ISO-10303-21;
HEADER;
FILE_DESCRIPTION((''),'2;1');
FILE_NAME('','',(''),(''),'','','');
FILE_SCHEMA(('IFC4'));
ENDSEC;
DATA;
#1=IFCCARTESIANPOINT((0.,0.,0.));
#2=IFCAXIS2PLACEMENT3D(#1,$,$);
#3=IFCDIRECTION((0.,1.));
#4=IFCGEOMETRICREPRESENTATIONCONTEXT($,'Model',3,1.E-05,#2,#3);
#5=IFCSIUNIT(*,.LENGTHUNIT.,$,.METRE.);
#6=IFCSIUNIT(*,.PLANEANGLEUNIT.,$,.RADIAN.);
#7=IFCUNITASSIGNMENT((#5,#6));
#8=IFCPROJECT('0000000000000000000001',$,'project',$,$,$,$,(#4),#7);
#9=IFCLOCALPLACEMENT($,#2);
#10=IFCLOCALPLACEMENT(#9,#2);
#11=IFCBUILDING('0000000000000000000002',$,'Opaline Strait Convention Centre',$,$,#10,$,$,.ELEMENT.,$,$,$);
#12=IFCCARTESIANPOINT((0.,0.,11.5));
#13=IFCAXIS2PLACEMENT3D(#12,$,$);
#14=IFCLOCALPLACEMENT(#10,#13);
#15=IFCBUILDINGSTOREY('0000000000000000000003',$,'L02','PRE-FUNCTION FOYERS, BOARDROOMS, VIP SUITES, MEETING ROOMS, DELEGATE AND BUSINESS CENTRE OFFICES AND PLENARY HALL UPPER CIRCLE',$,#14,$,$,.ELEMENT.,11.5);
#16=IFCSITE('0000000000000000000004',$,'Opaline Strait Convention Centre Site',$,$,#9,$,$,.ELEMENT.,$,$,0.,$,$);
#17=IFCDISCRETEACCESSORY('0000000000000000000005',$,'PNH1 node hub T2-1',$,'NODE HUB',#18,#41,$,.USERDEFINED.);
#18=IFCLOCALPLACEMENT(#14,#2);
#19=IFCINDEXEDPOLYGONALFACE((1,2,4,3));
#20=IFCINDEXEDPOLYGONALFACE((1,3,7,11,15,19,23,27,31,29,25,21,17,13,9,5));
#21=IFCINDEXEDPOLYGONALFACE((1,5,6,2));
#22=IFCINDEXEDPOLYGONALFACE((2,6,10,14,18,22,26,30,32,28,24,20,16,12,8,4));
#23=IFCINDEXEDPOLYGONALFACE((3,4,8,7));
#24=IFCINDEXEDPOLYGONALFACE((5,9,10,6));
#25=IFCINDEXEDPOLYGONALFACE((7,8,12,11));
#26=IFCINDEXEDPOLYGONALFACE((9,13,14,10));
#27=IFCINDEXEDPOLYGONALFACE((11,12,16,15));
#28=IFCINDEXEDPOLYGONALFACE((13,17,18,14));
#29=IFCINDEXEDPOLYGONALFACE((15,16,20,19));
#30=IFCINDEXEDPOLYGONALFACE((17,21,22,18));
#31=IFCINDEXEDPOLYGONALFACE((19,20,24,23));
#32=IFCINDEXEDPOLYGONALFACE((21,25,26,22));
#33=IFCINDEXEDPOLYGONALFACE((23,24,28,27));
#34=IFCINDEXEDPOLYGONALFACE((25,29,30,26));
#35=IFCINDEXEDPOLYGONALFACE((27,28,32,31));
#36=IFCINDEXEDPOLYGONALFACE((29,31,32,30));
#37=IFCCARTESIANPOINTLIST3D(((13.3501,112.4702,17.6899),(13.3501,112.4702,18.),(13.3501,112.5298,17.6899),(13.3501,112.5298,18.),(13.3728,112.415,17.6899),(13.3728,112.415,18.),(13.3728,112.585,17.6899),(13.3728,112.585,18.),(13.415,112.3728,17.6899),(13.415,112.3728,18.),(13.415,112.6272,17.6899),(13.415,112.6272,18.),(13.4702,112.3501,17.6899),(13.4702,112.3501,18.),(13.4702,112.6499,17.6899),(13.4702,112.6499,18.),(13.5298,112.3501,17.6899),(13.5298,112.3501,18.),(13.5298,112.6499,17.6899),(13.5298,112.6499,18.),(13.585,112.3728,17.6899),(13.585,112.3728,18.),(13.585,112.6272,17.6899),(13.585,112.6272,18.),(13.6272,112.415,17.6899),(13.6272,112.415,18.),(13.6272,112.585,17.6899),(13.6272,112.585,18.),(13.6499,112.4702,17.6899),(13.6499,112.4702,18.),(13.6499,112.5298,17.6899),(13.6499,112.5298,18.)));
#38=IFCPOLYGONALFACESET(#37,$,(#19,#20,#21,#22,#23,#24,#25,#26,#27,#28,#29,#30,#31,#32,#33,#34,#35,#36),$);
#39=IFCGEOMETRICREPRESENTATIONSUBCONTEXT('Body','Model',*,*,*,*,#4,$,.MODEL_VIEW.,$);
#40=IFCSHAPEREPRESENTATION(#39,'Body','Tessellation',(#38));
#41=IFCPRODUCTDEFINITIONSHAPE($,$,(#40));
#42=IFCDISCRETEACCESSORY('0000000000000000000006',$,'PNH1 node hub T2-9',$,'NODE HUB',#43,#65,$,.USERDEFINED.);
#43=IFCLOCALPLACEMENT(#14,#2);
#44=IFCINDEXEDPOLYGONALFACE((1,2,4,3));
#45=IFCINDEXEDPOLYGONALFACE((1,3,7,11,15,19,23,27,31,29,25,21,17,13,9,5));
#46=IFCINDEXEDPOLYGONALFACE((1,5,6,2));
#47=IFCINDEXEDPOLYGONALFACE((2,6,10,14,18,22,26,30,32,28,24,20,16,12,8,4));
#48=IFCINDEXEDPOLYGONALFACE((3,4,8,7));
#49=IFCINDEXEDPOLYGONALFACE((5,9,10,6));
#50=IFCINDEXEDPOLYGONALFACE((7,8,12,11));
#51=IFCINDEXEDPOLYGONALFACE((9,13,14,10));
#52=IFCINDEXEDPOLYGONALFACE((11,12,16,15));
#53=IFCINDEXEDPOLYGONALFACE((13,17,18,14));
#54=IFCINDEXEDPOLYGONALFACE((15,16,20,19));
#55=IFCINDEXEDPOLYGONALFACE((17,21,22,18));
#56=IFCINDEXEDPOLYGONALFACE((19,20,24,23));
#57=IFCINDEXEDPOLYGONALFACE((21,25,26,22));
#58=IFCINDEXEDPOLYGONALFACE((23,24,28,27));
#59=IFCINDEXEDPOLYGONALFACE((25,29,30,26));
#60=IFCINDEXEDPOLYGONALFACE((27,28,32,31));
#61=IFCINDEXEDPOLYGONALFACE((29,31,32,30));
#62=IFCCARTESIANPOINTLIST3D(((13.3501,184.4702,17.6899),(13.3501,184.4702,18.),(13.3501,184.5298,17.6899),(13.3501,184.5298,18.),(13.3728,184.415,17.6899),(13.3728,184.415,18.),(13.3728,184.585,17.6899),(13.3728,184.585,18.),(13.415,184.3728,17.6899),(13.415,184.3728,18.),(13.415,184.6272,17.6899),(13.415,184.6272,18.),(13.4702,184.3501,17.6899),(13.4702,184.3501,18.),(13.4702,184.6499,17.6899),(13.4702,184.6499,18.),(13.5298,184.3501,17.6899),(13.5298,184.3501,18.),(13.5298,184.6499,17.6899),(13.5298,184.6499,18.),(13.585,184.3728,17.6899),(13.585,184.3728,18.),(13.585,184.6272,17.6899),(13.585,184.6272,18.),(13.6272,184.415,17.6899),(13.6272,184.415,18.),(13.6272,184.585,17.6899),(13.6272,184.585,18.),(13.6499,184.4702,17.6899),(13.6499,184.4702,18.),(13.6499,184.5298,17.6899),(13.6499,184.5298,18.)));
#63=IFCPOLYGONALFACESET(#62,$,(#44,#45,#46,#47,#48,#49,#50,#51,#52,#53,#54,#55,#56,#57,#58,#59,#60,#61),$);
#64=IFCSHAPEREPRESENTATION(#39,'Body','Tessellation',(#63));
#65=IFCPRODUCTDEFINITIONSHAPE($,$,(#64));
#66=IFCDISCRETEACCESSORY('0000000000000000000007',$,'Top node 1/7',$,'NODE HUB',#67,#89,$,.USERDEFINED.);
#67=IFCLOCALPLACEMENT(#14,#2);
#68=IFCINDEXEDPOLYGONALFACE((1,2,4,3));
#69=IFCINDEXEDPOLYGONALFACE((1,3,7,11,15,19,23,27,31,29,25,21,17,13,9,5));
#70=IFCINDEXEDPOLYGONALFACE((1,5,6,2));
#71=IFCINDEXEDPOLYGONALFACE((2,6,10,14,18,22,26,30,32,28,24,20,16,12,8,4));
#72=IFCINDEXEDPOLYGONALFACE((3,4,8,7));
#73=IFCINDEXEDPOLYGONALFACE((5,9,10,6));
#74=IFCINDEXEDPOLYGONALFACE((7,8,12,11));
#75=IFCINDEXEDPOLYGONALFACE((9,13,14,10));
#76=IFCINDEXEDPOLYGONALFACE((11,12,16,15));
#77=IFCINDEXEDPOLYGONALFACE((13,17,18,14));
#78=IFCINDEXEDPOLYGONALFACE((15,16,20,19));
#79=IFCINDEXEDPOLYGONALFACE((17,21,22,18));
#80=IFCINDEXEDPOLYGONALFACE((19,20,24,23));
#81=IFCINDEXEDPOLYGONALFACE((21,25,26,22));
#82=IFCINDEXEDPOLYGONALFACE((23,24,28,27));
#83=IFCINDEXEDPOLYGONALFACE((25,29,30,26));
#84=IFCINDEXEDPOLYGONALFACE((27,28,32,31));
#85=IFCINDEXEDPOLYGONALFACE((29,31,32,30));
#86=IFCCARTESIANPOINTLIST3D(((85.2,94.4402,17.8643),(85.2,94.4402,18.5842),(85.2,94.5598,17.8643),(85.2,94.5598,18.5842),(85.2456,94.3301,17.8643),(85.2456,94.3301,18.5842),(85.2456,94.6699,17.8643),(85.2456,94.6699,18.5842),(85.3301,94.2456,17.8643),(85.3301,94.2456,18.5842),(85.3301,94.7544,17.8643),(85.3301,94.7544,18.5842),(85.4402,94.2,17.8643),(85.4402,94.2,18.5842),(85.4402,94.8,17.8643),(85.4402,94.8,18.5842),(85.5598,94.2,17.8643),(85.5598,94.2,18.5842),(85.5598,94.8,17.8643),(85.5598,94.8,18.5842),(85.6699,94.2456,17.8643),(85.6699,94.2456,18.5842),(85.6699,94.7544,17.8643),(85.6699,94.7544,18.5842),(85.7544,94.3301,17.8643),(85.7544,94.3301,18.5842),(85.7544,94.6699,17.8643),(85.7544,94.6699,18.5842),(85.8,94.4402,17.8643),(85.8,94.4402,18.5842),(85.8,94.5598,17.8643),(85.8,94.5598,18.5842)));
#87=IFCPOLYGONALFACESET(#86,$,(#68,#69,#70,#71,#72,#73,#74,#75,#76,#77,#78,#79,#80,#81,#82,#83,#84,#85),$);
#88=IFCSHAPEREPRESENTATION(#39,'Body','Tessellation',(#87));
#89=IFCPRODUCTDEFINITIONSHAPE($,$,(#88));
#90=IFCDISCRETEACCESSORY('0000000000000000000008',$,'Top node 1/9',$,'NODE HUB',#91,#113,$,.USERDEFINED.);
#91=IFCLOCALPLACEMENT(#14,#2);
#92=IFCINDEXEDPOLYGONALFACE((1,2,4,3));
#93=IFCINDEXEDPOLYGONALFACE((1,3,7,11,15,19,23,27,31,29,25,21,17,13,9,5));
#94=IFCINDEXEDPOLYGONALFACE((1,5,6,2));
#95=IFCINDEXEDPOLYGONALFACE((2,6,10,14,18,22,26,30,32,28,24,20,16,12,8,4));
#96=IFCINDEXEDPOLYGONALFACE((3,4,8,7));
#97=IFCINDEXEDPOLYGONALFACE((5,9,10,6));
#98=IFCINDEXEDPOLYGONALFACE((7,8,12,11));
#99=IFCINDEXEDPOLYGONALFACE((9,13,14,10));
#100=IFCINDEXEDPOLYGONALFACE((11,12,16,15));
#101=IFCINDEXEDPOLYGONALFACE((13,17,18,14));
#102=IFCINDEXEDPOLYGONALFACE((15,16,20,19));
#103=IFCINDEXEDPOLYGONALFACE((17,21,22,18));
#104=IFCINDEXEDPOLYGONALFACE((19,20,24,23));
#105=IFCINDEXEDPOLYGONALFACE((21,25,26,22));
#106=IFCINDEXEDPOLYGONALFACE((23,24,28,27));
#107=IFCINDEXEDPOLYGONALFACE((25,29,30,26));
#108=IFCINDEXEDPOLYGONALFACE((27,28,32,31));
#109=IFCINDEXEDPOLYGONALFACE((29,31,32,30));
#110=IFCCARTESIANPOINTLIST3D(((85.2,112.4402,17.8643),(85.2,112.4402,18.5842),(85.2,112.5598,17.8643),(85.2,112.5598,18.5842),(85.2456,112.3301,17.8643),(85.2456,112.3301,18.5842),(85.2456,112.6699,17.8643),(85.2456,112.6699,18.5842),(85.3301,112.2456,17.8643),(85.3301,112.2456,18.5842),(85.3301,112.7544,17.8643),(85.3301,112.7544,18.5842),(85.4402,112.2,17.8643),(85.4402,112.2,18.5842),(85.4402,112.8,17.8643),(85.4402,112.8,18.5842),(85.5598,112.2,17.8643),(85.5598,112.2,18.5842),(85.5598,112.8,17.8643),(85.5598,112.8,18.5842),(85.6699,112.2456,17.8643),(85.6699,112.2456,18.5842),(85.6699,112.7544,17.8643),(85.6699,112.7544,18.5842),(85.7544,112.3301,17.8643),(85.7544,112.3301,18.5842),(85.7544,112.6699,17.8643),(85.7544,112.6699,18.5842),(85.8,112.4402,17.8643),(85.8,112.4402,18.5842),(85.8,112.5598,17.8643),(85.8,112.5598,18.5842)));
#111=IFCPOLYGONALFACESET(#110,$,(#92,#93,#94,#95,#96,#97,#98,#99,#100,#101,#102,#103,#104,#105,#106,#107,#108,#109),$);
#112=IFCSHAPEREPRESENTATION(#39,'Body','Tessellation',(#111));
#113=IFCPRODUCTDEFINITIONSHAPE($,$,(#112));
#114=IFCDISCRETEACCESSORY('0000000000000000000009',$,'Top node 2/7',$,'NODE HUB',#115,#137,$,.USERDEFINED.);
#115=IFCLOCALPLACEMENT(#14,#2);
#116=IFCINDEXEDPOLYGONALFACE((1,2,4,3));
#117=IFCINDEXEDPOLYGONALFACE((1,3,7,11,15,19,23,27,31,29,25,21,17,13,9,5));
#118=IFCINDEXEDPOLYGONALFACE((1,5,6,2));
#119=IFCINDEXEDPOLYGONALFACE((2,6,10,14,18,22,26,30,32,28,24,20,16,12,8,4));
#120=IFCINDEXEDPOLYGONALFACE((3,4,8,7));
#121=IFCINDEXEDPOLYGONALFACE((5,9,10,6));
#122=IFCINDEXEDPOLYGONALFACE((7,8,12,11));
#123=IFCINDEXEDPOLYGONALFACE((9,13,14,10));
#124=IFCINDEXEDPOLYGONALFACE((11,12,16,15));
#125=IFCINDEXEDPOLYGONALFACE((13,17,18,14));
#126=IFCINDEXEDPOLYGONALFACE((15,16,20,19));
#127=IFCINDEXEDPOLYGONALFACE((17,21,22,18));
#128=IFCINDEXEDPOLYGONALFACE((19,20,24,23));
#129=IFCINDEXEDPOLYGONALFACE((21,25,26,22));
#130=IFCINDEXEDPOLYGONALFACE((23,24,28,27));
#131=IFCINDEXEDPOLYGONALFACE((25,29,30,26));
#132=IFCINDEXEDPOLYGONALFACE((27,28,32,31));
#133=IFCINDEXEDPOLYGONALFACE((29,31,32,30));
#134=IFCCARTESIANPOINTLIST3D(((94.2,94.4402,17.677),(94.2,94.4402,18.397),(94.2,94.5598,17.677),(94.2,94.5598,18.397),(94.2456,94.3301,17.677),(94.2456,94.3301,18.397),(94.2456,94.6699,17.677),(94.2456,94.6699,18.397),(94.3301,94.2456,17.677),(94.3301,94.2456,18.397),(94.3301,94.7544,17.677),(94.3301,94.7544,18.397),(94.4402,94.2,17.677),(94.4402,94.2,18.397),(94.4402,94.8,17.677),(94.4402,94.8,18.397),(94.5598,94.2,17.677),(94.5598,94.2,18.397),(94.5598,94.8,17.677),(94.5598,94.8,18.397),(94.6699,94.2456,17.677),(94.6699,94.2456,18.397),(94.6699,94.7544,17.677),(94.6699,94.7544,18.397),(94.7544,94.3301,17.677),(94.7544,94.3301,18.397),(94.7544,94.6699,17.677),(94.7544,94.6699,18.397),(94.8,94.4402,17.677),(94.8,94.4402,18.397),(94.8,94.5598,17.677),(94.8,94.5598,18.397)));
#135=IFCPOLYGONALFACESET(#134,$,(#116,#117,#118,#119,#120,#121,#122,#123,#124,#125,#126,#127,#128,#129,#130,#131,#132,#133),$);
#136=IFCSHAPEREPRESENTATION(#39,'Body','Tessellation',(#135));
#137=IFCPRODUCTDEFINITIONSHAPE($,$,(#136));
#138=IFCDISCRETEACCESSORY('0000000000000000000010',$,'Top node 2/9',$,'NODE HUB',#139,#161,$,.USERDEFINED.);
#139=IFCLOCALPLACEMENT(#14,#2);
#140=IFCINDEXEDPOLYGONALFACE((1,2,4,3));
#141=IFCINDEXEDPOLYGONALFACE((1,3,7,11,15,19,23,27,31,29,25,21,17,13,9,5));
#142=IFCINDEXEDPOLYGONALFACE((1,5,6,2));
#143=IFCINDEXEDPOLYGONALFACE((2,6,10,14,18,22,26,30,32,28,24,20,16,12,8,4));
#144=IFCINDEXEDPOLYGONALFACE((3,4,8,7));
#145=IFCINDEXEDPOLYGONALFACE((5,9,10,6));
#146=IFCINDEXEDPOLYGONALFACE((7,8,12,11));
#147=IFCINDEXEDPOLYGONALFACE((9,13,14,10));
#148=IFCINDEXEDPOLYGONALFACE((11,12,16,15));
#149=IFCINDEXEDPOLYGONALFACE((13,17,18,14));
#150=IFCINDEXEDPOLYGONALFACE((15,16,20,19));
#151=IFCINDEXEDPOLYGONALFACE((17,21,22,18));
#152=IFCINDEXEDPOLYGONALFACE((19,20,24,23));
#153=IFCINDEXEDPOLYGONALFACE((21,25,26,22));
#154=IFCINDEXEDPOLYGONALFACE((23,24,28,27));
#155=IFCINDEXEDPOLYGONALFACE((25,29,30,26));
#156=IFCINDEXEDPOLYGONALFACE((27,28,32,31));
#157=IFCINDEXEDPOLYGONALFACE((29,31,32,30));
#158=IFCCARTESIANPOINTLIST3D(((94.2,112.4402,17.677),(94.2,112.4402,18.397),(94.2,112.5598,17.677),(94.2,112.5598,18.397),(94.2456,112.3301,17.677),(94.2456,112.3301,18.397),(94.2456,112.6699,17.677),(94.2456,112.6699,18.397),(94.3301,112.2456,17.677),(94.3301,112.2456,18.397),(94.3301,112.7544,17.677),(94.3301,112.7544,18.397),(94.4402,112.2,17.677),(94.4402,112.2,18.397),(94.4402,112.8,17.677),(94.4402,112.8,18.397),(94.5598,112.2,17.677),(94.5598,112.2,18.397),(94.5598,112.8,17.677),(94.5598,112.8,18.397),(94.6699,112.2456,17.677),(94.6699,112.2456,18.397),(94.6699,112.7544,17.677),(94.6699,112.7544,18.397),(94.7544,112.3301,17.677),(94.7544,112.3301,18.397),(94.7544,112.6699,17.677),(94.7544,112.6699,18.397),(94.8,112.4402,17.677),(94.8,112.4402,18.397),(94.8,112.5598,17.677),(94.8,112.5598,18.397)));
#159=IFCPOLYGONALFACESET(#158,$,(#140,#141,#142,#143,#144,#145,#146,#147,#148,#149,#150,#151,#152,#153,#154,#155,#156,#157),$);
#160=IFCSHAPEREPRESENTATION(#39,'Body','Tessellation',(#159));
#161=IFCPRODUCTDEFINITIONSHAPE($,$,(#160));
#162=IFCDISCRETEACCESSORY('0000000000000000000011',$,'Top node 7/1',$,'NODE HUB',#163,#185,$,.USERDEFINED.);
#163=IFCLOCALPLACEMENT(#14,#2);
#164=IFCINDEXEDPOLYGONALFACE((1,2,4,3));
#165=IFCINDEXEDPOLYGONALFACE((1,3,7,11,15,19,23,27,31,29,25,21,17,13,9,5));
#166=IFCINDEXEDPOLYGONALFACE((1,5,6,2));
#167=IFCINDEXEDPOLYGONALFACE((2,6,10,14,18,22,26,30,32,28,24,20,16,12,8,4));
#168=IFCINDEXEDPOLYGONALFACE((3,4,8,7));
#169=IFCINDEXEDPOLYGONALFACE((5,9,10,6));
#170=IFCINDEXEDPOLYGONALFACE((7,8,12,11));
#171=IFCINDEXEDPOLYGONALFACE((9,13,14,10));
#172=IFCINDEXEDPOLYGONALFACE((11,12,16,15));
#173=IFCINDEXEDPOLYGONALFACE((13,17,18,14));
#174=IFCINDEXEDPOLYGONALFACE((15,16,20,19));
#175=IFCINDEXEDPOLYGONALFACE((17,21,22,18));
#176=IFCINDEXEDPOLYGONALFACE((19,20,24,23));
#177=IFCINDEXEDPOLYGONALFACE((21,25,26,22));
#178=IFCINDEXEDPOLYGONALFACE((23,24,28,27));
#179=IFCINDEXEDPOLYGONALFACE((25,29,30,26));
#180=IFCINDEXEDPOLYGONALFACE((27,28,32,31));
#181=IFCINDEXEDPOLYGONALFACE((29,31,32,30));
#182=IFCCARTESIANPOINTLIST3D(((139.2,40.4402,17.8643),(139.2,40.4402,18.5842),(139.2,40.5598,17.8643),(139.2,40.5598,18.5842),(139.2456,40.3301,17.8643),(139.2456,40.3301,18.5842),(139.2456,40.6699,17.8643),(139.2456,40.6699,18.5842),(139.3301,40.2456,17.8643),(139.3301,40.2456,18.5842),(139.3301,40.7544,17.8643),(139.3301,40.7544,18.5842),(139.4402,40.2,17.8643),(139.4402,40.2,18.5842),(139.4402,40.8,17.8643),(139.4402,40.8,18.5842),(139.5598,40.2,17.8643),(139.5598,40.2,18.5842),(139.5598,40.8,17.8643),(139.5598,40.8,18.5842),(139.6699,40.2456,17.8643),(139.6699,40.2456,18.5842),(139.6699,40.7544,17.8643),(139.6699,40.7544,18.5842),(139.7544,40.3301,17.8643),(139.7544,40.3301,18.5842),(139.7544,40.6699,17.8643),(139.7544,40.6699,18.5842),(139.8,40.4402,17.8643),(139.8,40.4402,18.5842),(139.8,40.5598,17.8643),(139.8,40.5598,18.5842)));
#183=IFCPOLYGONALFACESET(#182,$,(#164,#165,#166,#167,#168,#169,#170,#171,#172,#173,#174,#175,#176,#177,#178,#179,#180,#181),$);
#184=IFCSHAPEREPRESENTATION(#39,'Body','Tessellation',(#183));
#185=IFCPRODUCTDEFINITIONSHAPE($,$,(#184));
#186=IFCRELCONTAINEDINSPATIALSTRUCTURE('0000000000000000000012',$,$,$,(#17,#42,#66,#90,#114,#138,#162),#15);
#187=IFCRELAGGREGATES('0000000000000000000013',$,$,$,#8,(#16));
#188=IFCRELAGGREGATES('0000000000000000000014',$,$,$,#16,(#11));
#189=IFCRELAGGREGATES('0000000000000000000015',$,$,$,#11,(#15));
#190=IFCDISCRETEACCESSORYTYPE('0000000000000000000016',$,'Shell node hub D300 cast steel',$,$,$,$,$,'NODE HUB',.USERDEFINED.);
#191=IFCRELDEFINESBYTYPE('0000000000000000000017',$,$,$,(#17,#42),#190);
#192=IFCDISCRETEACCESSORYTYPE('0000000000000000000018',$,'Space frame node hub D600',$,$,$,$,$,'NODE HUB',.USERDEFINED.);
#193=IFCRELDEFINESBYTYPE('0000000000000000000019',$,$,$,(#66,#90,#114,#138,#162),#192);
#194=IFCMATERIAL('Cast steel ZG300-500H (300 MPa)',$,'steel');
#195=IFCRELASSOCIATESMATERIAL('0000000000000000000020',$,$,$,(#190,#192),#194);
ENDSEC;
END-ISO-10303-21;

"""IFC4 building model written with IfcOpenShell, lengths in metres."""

from ifc_helpers import new_model, si_unit, direction, frame, origin, place, context, subcontext, project, spatial, polyline, outline, extrude, material, type_object, element, save


model = new_model("IFC4")

# Units and contexts
model_context = context("Model", 3, precision=1e-05, world=origin(), true_north=direction((0.0, 1.0)))
body_context = subcontext(model_context, "Body", "Model", "MODEL_VIEW")
ifc_project = project(units=[si_unit("LENGTHUNIT", "METRE"), si_unit("PLANEANGLEUNIT", "RADIAN")], contexts=[model_context])

# Site, building, storey
site_placement = place(None, origin())
site = spatial("IfcSite", under=ifc_project, at=site_placement, Name="Opaline Strait Convention Centre Site", CompositionType="ELEMENT", RefElevation=0.0)
building_placement = place(site_placement, origin())
building = spatial("IfcBuilding", under=site, at=building_placement, Name="Opaline Strait Convention Centre", CompositionType="ELEMENT")
storey_placement = place(building_placement, frame((0.0, 0.0, 11.5)))
storey = spatial("IfcBuildingStorey", under=building, at=storey_placement, Name="L02", Description="PRE-FUNCTION FOYERS, BOARDROOMS, VIP SUITES, MEETING ROOMS, DELEGATE AND BUSINESS CENTRE OFFICES AND PLENARY HALL UPPER CIRCLE", CompositionType="ELEMENT", Elevation=11.5)

# Discrete accessories
ifc_material = material(Name="Cast steel ZG300-500H (300 MPa)", Category="steel")
discrete_accessory_type_1 = type_object("IfcDiscreteAccessoryType", Name="Shell node hub D300 cast steel", ElementType="NODE HUB", PredefinedType="USERDEFINED", material=ifc_material)
discrete_accessory_1_placement = place(storey_placement, frame((0.0, 0.0, 17.6899)))
element("IfcDiscreteAccessory", 1, at=discrete_accessory_1_placement, inside=storey, type_object=discrete_accessory_type_1, Name="PNH1 node hub T2-1", ObjectType="NODE HUB", PredefinedType="USERDEFINED", context=body_context, shape_type="SweptSolid", body=[
    extrude(outline(polyline([(13.6499, 112.5298), (13.6272, 112.585), (13.585, 112.6272), (13.5298, 112.6499), (13.4702, 112.6499), (13.415, 112.6272), (13.3728, 112.585), (13.3501, 112.5298), (13.3501, 112.4702), (13.3728, 112.415), (13.415, 112.3728), (13.4702, 112.3501), (13.5298, 112.3501), (13.585, 112.3728), (13.6272, 112.415), (13.6499, 112.4702), (13.6499, 112.5298)])), origin(), (0.0, 0.0, 1.0), 0.3101),
])
discrete_accessory_2_placement = place(storey_placement, frame((0.0, 0.0, 17.6899)))
element("IfcDiscreteAccessory", 2, at=discrete_accessory_2_placement, inside=storey, type_object=discrete_accessory_type_1, Name="PNH1 node hub T2-9", ObjectType="NODE HUB", PredefinedType="USERDEFINED", context=body_context, shape_type="SweptSolid", body=[
    extrude(outline(polyline([(13.6499, 184.5298), (13.6272, 184.585), (13.585, 184.6272), (13.5298, 184.6499), (13.4702, 184.6499), (13.415, 184.6272), (13.3728, 184.585), (13.3501, 184.5298), (13.3501, 184.4702), (13.3728, 184.415), (13.415, 184.3728), (13.4702, 184.3501), (13.5298, 184.3501), (13.585, 184.3728), (13.6272, 184.415), (13.6499, 184.4702), (13.6499, 184.5298)])), origin(), (0.0, 0.0, 1.0), 0.3101),
])
discrete_accessory_type_2 = type_object("IfcDiscreteAccessoryType", Name="Space frame node hub D600", ElementType="NODE HUB", PredefinedType="USERDEFINED", material=ifc_material)
discrete_accessory_3_placement = place(storey_placement, frame((0.0, 0.0, 17.8643)))
element("IfcDiscreteAccessory", 3, at=discrete_accessory_3_placement, inside=storey, type_object=discrete_accessory_type_2, Name="Top node 1/7", ObjectType="NODE HUB", PredefinedType="USERDEFINED", context=body_context, shape_type="SweptSolid", body=[
    extrude(outline(polyline([(85.8, 94.5598), (85.7544, 94.6699), (85.6699, 94.7544), (85.5598, 94.8), (85.4402, 94.8), (85.3301, 94.7544), (85.2456, 94.6699), (85.2, 94.5598), (85.2, 94.4402), (85.2456, 94.3301), (85.3301, 94.2456), (85.4402, 94.2), (85.5598, 94.2), (85.6699, 94.2456), (85.7544, 94.3301), (85.8, 94.4402), (85.8, 94.5598)])), origin(), (0.0, 0.0, 1.0), 0.72),
])
discrete_accessory_4_placement = place(storey_placement, frame((0.0, 0.0, 17.8643)))
element("IfcDiscreteAccessory", 4, at=discrete_accessory_4_placement, inside=storey, type_object=discrete_accessory_type_2, Name="Top node 1/9", ObjectType="NODE HUB", PredefinedType="USERDEFINED", context=body_context, shape_type="SweptSolid", body=[
    extrude(outline(polyline([(85.8, 112.5598), (85.7544, 112.6699), (85.6699, 112.7544), (85.5598, 112.8), (85.4402, 112.8), (85.3301, 112.7544), (85.2456, 112.6699), (85.2, 112.5598), (85.2, 112.4402), (85.2456, 112.3301), (85.3301, 112.2456), (85.4402, 112.2), (85.5598, 112.2), (85.6699, 112.2456), (85.7544, 112.3301), (85.8, 112.4402), (85.8, 112.5598)])), origin(), (0.0, 0.0, 1.0), 0.72),
])
discrete_accessory_5_placement = place(storey_placement, frame((0.0, 0.0, 17.677)))
element("IfcDiscreteAccessory", 5, at=discrete_accessory_5_placement, inside=storey, type_object=discrete_accessory_type_2, Name="Top node 2/7", ObjectType="NODE HUB", PredefinedType="USERDEFINED", context=body_context, shape_type="SweptSolid", body=[
    extrude(outline(polyline([(94.8, 94.5598), (94.7544, 94.6699), (94.6699, 94.7544), (94.5598, 94.8), (94.4402, 94.8), (94.3301, 94.7544), (94.2456, 94.6699), (94.2, 94.5598), (94.2, 94.4402), (94.2456, 94.3301), (94.3301, 94.2456), (94.4402, 94.2), (94.5598, 94.2), (94.6699, 94.2456), (94.7544, 94.3301), (94.8, 94.4402), (94.8, 94.5598)])), origin(), (0.0, 0.0, 1.0), 0.72),
])
discrete_accessory_6_placement = place(storey_placement, frame((0.0, 0.0, 17.677)))
element("IfcDiscreteAccessory", 6, at=discrete_accessory_6_placement, inside=storey, type_object=discrete_accessory_type_2, Name="Top node 2/9", ObjectType="NODE HUB", PredefinedType="USERDEFINED", context=body_context, shape_type="SweptSolid", body=[
    extrude(outline(polyline([(94.8, 112.5598), (94.7544, 112.6699), (94.6699, 112.7544), (94.5598, 112.8), (94.4402, 112.8), (94.3301, 112.7544), (94.2456, 112.6699), (94.2, 112.5598), (94.2, 112.4402), (94.2456, 112.3301), (94.3301, 112.2456), (94.4402, 112.2), (94.5598, 112.2), (94.6699, 112.2456), (94.7544, 112.3301), (94.8, 112.4402), (94.8, 112.5598)])), origin(), (0.0, 0.0, 1.0), 0.72),
])
discrete_accessory_7_placement = place(storey_placement, frame((0.0, 0.0, 17.8643)))
element("IfcDiscreteAccessory", 7, at=discrete_accessory_7_placement, inside=storey, type_object=discrete_accessory_type_2, Name="Top node 7/1", ObjectType="NODE HUB", PredefinedType="USERDEFINED", context=body_context, shape_type="SweptSolid", body=[
    extrude(outline(polyline([(139.8, 40.5598), (139.7544, 40.6699), (139.6699, 40.7544), (139.5598, 40.8), (139.4402, 40.8), (139.3301, 40.7544), (139.2456, 40.6699), (139.2, 40.5598), (139.2, 40.4402), (139.2456, 40.3301), (139.3301, 40.2456), (139.4402, 40.2), (139.5598, 40.2), (139.6699, 40.2456), (139.7544, 40.3301), (139.8, 40.4402), (139.8, 40.5598)])), origin(), (0.0, 0.0, 1.0), 0.72),
])

save(model, "model.ifc")
